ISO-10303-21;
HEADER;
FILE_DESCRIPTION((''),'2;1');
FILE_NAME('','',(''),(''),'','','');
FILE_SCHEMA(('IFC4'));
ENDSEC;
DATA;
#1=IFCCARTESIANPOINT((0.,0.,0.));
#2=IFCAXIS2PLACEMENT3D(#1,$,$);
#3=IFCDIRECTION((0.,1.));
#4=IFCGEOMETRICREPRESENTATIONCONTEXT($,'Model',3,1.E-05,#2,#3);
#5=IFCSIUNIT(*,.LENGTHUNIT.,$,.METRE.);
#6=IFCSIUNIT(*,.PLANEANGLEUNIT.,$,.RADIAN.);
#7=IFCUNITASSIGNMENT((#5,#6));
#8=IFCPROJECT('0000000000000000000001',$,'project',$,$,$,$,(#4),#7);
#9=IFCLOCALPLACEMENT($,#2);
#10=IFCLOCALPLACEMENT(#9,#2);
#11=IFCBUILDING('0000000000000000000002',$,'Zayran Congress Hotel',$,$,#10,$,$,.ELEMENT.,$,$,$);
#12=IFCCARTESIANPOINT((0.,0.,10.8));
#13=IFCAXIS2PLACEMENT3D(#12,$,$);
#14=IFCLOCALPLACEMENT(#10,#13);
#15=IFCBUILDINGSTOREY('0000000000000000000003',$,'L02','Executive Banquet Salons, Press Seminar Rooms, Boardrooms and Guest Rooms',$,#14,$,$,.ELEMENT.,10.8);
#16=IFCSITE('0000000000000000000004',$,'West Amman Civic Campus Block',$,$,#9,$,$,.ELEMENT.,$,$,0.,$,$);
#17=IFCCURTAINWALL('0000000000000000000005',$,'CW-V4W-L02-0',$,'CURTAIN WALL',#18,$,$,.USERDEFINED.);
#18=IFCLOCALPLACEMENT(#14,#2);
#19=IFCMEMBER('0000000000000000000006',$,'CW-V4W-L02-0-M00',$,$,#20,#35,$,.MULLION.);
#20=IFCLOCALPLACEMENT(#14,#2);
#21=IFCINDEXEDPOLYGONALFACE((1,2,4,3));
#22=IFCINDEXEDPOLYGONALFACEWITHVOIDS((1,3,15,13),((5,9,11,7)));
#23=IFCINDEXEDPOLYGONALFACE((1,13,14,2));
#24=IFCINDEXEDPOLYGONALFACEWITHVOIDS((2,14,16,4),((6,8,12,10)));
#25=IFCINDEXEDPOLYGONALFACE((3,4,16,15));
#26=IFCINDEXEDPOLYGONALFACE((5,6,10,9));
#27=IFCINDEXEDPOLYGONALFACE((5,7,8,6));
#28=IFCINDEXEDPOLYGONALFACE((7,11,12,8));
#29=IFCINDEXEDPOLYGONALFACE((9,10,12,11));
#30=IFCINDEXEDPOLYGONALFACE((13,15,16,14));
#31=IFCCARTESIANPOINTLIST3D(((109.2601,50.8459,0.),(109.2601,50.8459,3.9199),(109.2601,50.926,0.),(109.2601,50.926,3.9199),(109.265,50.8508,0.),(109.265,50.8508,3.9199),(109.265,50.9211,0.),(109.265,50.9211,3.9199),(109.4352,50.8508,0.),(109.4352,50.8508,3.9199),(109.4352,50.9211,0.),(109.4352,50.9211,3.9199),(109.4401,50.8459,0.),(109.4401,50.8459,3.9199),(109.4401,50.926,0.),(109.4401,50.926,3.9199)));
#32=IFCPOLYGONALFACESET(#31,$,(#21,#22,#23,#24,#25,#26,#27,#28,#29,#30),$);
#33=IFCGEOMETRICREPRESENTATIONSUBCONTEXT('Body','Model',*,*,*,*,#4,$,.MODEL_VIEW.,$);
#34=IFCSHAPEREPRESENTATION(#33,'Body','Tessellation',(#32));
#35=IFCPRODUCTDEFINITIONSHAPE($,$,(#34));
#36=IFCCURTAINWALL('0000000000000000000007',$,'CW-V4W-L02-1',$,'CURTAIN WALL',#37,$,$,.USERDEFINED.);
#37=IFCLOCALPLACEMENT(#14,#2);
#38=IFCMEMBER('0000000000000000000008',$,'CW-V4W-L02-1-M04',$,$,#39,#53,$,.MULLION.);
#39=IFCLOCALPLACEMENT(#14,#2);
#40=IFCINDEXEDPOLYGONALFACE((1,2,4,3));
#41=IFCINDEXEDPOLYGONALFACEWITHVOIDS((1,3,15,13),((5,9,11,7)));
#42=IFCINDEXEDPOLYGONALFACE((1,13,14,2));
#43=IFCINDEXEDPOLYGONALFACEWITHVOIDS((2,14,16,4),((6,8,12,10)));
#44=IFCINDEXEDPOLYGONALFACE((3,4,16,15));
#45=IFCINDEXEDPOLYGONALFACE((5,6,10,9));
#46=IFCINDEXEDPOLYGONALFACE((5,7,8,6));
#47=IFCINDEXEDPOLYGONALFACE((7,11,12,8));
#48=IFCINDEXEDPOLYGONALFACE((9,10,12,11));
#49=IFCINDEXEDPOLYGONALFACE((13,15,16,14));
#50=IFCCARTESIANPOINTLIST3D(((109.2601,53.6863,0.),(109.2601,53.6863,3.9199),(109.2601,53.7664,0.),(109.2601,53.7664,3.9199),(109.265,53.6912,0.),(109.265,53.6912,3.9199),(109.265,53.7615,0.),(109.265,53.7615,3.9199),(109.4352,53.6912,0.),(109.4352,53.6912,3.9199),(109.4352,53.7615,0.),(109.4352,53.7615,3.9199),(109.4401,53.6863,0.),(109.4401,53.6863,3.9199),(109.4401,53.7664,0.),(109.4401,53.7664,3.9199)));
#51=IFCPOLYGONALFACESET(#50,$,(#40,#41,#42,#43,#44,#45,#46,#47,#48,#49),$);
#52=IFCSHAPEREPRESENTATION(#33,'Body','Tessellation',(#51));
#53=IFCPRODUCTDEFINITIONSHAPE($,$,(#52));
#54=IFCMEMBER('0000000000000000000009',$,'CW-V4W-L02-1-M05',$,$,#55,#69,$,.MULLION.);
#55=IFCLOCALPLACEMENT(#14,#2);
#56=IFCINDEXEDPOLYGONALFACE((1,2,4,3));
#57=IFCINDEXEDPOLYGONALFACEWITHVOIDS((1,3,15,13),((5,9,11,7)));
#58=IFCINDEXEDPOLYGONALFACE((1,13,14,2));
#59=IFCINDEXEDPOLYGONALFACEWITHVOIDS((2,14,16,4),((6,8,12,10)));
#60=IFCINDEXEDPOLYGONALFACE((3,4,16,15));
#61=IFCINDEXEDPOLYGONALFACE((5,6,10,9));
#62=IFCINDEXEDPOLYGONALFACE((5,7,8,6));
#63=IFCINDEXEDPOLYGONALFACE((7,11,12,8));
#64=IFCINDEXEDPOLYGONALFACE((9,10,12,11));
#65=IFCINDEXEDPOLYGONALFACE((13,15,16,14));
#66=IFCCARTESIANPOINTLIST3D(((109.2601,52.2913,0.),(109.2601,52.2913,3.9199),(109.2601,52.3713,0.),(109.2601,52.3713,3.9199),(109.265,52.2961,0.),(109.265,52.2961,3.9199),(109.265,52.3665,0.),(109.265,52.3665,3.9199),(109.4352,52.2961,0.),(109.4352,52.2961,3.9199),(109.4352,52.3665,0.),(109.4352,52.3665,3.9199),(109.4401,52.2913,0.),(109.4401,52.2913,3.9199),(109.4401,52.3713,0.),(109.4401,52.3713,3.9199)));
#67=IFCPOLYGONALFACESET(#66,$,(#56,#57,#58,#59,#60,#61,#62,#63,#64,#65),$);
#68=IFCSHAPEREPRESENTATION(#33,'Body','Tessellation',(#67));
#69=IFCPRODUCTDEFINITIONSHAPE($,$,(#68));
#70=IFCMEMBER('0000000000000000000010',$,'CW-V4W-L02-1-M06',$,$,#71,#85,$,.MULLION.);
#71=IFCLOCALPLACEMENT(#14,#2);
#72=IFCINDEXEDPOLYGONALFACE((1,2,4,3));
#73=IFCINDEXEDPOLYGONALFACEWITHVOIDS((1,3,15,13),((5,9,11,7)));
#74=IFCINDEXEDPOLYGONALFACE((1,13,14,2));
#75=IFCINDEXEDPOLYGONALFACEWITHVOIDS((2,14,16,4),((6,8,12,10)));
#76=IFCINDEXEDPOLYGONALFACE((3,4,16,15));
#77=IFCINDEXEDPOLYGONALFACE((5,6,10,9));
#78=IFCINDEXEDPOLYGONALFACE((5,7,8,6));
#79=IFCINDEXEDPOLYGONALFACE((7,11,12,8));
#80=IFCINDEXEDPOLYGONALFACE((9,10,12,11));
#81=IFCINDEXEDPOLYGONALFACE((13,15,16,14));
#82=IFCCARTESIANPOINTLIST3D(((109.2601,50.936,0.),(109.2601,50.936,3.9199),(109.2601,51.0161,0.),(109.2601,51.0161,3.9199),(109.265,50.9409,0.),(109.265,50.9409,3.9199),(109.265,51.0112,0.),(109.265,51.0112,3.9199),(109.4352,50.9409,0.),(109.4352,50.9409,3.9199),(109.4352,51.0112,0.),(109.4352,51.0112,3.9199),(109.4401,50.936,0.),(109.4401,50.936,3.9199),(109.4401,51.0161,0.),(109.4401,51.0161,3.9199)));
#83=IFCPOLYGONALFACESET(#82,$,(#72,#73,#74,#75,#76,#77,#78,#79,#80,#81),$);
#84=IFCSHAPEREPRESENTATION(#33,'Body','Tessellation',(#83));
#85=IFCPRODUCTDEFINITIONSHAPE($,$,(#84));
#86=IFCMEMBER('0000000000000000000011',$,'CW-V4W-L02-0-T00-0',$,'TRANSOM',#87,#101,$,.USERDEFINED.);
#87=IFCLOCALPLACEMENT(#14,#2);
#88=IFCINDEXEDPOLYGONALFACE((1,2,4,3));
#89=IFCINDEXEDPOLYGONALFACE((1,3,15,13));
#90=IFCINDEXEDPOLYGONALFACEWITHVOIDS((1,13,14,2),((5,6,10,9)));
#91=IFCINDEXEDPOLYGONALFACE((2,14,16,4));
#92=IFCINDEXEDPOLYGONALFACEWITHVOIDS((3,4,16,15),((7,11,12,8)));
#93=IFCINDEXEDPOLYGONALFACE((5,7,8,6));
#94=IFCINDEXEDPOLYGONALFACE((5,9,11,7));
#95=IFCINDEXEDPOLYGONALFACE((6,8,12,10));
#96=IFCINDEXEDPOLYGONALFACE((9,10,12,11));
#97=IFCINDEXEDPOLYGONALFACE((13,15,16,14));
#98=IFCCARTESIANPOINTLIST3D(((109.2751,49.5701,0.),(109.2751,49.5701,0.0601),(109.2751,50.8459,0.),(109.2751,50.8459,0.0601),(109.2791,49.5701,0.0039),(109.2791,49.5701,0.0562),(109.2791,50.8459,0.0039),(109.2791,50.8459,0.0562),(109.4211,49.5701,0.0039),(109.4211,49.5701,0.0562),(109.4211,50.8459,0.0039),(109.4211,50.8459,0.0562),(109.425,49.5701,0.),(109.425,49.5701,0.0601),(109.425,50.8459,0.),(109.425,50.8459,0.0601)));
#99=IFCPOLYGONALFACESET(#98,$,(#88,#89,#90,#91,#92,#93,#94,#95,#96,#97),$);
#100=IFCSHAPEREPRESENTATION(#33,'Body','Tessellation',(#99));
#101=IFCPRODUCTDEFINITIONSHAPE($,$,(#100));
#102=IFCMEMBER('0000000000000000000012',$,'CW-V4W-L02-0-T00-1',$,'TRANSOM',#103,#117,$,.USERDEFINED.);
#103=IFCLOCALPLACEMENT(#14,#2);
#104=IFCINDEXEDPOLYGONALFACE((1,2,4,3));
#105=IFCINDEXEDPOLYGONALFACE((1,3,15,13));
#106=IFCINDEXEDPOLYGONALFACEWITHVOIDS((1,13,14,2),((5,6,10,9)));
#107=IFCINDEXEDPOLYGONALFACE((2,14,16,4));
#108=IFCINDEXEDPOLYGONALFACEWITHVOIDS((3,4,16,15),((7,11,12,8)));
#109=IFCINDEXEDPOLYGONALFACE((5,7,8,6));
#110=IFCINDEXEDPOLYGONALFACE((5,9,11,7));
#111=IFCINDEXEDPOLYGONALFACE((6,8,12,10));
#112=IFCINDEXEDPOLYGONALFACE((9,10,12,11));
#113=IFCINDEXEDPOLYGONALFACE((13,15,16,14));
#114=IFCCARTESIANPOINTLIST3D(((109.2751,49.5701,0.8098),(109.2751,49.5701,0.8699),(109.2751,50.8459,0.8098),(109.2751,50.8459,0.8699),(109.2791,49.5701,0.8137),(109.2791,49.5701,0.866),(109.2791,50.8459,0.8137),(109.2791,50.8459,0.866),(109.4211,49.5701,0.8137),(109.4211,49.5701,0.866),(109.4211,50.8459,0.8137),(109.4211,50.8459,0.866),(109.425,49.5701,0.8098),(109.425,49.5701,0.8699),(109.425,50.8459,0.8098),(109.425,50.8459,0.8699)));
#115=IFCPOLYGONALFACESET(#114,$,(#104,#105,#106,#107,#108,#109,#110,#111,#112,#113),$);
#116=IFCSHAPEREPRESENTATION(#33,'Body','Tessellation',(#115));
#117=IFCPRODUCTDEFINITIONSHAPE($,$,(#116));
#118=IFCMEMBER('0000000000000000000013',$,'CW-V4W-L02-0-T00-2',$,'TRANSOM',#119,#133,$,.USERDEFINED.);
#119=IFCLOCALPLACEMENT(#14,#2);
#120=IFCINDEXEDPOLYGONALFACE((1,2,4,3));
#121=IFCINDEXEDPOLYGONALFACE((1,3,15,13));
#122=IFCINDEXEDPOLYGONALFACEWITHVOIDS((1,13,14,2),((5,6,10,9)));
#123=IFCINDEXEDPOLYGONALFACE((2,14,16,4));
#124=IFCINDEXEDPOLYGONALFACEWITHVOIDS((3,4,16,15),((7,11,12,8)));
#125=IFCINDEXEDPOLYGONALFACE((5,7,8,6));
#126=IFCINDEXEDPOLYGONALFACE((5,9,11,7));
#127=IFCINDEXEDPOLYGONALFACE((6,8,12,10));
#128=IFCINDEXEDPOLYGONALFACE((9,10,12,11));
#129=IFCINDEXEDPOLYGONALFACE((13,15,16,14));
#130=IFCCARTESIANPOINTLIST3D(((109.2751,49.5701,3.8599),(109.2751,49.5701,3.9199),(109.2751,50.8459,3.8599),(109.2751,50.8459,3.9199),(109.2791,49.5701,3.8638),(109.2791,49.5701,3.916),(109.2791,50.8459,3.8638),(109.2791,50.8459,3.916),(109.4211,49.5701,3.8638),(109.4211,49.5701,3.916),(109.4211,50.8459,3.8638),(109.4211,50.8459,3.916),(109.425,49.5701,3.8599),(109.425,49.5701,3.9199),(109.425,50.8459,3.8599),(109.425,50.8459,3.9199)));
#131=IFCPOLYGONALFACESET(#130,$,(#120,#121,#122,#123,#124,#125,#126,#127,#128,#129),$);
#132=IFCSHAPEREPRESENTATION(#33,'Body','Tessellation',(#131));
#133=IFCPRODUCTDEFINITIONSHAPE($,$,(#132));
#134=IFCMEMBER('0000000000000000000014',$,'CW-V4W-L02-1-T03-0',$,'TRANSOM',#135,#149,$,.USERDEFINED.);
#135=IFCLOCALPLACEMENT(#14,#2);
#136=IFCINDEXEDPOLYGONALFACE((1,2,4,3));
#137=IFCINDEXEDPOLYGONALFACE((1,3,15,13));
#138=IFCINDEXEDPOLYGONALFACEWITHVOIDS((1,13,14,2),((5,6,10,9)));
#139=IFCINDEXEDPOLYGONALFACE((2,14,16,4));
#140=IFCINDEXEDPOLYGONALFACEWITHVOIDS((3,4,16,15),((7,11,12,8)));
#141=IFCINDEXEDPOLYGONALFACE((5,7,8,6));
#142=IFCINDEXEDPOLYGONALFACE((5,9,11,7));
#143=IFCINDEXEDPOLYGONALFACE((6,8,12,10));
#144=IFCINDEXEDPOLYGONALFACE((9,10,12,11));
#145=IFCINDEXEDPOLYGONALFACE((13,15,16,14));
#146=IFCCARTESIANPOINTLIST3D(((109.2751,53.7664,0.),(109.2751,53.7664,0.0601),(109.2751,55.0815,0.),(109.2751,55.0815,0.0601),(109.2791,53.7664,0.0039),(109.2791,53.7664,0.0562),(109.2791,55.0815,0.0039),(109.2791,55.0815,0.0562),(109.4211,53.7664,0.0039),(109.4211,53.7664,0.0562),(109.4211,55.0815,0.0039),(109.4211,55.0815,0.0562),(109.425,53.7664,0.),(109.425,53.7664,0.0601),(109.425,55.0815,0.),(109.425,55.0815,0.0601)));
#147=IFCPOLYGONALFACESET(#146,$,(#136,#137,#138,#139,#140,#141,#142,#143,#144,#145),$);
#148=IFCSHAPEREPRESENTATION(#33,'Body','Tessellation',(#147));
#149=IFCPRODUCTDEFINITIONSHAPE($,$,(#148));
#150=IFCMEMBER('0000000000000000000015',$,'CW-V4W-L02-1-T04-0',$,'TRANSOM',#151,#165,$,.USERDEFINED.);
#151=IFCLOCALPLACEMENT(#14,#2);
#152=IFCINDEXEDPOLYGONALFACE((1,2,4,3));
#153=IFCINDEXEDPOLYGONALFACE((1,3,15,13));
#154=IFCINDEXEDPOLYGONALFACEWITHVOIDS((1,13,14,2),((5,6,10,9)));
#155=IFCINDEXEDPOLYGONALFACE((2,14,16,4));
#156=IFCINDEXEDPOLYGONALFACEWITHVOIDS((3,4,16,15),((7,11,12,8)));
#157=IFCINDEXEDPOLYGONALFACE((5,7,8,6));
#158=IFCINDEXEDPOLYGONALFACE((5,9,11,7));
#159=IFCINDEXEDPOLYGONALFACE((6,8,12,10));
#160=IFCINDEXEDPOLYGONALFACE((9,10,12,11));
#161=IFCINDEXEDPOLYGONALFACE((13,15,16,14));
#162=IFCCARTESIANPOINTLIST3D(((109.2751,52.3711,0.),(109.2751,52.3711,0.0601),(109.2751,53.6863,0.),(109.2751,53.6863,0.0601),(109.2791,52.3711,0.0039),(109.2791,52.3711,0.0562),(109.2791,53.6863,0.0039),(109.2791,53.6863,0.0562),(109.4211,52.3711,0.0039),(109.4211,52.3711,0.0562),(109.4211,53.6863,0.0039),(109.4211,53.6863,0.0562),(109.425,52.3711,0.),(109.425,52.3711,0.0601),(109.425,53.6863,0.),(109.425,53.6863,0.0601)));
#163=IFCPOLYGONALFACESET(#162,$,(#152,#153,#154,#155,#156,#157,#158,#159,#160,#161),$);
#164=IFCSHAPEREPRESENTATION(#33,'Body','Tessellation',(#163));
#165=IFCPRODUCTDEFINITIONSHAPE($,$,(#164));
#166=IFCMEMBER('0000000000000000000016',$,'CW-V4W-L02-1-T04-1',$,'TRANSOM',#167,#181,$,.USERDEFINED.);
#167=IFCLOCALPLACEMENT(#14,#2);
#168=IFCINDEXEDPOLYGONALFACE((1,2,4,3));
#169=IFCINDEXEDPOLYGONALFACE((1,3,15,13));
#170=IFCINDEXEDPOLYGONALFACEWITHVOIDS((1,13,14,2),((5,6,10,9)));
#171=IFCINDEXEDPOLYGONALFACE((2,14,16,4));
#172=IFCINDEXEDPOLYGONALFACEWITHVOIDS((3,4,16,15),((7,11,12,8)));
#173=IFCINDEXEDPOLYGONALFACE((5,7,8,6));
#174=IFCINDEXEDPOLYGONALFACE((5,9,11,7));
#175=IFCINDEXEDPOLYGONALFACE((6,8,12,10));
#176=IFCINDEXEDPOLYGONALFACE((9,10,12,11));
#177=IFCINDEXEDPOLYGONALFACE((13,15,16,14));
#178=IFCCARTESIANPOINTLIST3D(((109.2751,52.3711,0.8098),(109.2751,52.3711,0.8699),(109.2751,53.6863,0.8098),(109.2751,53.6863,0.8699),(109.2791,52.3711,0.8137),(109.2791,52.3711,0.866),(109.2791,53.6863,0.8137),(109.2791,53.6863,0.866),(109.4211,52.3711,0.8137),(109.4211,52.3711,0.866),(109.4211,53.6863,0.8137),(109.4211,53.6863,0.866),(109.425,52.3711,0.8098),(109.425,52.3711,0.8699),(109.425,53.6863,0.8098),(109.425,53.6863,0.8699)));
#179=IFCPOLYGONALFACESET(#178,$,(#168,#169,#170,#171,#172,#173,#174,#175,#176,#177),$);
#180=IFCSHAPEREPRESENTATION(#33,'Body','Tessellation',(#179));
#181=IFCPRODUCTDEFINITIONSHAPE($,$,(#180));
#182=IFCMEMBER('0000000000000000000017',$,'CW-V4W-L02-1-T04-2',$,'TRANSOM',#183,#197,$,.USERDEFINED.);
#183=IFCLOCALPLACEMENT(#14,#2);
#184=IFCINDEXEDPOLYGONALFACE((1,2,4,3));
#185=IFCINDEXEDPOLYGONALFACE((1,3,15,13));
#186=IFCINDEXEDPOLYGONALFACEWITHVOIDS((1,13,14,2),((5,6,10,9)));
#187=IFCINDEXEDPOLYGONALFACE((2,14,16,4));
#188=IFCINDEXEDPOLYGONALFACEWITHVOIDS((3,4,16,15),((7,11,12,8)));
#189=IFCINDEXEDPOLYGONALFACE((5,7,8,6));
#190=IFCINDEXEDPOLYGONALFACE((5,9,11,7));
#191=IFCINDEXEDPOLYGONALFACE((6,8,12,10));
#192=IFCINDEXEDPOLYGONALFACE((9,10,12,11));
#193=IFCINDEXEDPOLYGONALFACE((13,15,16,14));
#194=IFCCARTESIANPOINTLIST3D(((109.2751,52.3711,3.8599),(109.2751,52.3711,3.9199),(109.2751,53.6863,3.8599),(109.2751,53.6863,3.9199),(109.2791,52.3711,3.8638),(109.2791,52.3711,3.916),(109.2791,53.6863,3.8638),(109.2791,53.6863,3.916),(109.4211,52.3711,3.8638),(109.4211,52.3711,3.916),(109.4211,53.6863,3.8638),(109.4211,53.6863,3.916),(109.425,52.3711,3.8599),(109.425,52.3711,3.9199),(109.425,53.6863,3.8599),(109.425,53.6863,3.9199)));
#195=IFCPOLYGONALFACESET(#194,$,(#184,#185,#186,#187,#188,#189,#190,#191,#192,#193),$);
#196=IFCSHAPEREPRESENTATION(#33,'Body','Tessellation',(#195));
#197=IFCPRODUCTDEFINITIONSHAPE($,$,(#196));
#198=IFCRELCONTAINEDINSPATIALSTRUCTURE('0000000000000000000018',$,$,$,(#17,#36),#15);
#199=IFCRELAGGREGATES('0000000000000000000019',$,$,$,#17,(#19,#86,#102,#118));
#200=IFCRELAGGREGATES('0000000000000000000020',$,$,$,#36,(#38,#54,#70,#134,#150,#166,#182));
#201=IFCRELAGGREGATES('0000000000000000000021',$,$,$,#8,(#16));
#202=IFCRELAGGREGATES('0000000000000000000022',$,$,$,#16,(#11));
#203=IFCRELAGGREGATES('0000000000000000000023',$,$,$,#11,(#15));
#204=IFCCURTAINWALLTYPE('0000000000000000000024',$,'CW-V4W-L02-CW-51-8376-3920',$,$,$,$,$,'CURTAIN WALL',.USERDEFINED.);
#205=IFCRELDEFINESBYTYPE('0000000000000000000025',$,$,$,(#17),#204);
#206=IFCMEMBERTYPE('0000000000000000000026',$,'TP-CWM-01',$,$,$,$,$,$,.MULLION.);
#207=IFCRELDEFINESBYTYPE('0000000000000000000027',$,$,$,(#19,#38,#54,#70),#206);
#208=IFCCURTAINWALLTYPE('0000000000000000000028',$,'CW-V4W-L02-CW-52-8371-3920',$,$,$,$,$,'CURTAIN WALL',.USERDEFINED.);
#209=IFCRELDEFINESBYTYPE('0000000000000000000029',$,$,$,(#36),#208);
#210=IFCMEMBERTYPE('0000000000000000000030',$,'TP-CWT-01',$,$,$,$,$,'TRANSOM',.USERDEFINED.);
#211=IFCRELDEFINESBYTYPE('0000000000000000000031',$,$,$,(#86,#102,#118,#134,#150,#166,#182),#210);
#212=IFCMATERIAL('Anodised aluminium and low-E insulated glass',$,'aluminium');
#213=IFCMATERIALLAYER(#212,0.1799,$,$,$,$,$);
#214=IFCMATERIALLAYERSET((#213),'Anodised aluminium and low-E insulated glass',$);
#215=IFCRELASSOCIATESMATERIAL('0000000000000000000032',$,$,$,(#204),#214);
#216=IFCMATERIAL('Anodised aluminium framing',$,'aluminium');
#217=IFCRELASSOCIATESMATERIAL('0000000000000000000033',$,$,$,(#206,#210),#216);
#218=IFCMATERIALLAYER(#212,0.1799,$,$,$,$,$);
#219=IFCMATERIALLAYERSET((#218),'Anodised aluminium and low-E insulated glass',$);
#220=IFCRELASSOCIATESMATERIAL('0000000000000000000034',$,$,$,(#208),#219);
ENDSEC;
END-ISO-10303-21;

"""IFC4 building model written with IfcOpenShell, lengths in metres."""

from ifc_helpers import new_model, si_unit, direction, frame, origin, origin_2d, place, context, subcontext, project, spatial, hollow_rectangle, extrude, material, layer, layer_set, material_profile, profile_set, type_object, element, aggregate, save


model = new_model("IFC4")

# Units and contexts
model_context = context("Model", 3, precision=1e-05, world=origin(), true_north=direction((0.0, 1.0)))
body_context = subcontext(model_context, "Body", "Model", "MODEL_VIEW")
ifc_project = project(units=[si_unit("LENGTHUNIT", "METRE"), si_unit("PLANEANGLEUNIT", "RADIAN")], contexts=[model_context])

# Site, building, storey
site_placement = place(None, origin())
site = spatial("IfcSite", under=ifc_project, at=site_placement, Name="West Amman Civic Campus Block", CompositionType="ELEMENT", RefElevation=0.0)
building_placement = place(site_placement, origin())
building = spatial("IfcBuilding", under=site, at=building_placement, Name="Zayran Congress Hotel", CompositionType="ELEMENT")
storey_placement = place(building_placement, frame((0.0, 0.0, 10.8)))
storey = spatial("IfcBuildingStorey", under=building, at=storey_placement, Name="L02", Description="Executive Banquet Salons, Press Seminar Rooms, Boardrooms and Guest Rooms", CompositionType="ELEMENT", Elevation=10.8)

# Curtain wall, member
ifc_material_1 = material(Name="Anodised aluminium and low-E insulated glass", Category="aluminium")
ifc_layer_1 = layer(ifc_material_1, 0.1799)
ifc_layer_set_1 = layer_set([ifc_layer_1], Name="Anodised aluminium and low-E insulated glass")
curtain_wall_type_1 = type_object("IfcCurtainWallType", Name="CW-V4W-L02-CW-51-8376-3920", ElementType="CURTAIN WALL", PredefinedType="USERDEFINED", material=ifc_layer_set_1)
curtain_wall_1_placement = place(storey_placement, origin())
curtain_wall_1 = element("IfcCurtainWall", 1, at=curtain_wall_1_placement, inside=storey, type_object=curtain_wall_type_1, Name="CW-V4W-L02-0", ObjectType="CURTAIN WALL", PredefinedType="USERDEFINED")
ifc_material_2 = material(Name="Anodised aluminium framing", Category="aluminium")
ifc_material_profile_1 = material_profile(ifc_material_2, hollow_rectangle(XDim=0.0801, YDim=0.1799, WallThickness=0.0049, at=origin_2d()), Name="RHS 180x80x5")
ifc_profile_set_1 = profile_set([ifc_material_profile_1], Name="Anodised aluminium framing")
member_type_1 = type_object("IfcMemberType", Name="TP-CWM-01", PredefinedType="MULLION", material=ifc_profile_set_1)
member_1_placement = place(storey_placement, frame((109.3501, 50.886, 0.0), z_axis=(0.0, 0.0, 1.0), x_axis=(0.0, 1.0, 0.0)))
member_1 = element("IfcMember", 2, at=member_1_placement, type_object=member_type_1, Name="CW-V4W-L02-0-M00", PredefinedType="MULLION", context=body_context, shape_type="SweptSolid", body=[
    extrude(hollow_rectangle(XDim=0.0801, YDim=0.1799, WallThickness=0.0049, at=origin_2d()), origin(), (0.0, 0.0, 1.0), 3.9199),
])

# Curtain wall, members
ifc_layer_2 = layer(ifc_material_1, 0.1799)
ifc_layer_set_2 = layer_set([ifc_layer_2], Name="Anodised aluminium and low-E insulated glass")
curtain_wall_type_2 = type_object("IfcCurtainWallType", Name="CW-V4W-L02-CW-52-8371-3920", ElementType="CURTAIN WALL", PredefinedType="USERDEFINED", material=ifc_layer_set_2)
curtain_wall_2_placement = place(storey_placement, origin())
curtain_wall_2 = element("IfcCurtainWall", 3, at=curtain_wall_2_placement, inside=storey, type_object=curtain_wall_type_2, Name="CW-V4W-L02-1", ObjectType="CURTAIN WALL", PredefinedType="USERDEFINED")
member_2_placement = place(storey_placement, frame((109.3501, 53.7263, 0.0), z_axis=(0.0, 0.0, 1.0), x_axis=(0.0, 1.0, 0.0)))
member_2 = element("IfcMember", 4, at=member_2_placement, type_object=member_type_1, Name="CW-V4W-L02-1-M04", PredefinedType="MULLION", context=body_context, shape_type="SweptSolid", body=[
    extrude(hollow_rectangle(XDim=0.0801, YDim=0.1799, WallThickness=0.0049, at=origin_2d()), origin(), (0.0, 0.0, 1.0), 3.9199),
])
member_3_placement = place(storey_placement, frame((109.3501, 52.3313, 0.0), z_axis=(0.0, 0.0, 1.0), x_axis=(0.0, 1.0, 0.0)))
member_3 = element("IfcMember", 5, at=member_3_placement, type_object=member_type_1, Name="CW-V4W-L02-1-M05", PredefinedType="MULLION", context=body_context, shape_type="SweptSolid", body=[
    extrude(hollow_rectangle(XDim=0.0801, YDim=0.1799, WallThickness=0.0049, at=origin_2d()), origin(), (0.0, 0.0, 1.0), 3.9199),
])
member_4_placement = place(storey_placement, frame((109.3501, 50.9761, 0.0), z_axis=(0.0, 0.0, 1.0), x_axis=(0.0, 1.0, 0.0)))
member_4 = element("IfcMember", 6, at=member_4_placement, type_object=member_type_1, Name="CW-V4W-L02-1-M06", PredefinedType="MULLION", context=body_context, shape_type="SweptSolid", body=[
    extrude(hollow_rectangle(XDim=0.0801, YDim=0.1799, WallThickness=0.0049, at=origin_2d()), origin(), (0.0, 0.0, 1.0), 3.9199),
])

# Members
ifc_material_profile_2 = material_profile(ifc_material_2, hollow_rectangle(XDim=0.0601, YDim=0.1499, WallThickness=0.0039, at=origin_2d()), Name="RHS 150x60x4")
ifc_profile_set_2 = profile_set([ifc_material_profile_2], Name="Anodised aluminium framing")
member_type_2 = type_object("IfcMemberType", Name="TP-CWT-01", ElementType="TRANSOM", PredefinedType="USERDEFINED", material=ifc_profile_set_2)
member_5_placement = place(storey_placement, frame((109.3501, 50.8459, 0.03), z_axis=(0.0, -1.0, 0.0), x_axis=(0.0, 0.0, 1.0)))
member_5 = element("IfcMember", 7, at=member_5_placement, type_object=member_type_2, Name="CW-V4W-L02-0-T00-0", ObjectType="TRANSOM", PredefinedType="USERDEFINED", context=body_context, shape_type="SweptSolid", body=[
    extrude(hollow_rectangle(XDim=0.0601, YDim=0.1499, WallThickness=0.0039, at=origin_2d()), origin(), (0.0, 0.0, 1.0), 1.2759),
])
member_6_placement = place(storey_placement, frame((109.3501, 50.8459, 0.8398), z_axis=(0.0, -1.0, 0.0), x_axis=(0.0, 0.0, 1.0)))
member_6 = element("IfcMember", 8, at=member_6_placement, type_object=member_type_2, Name="CW-V4W-L02-0-T00-1", ObjectType="TRANSOM", PredefinedType="USERDEFINED", context=body_context, shape_type="SweptSolid", body=[
    extrude(hollow_rectangle(XDim=0.0601, YDim=0.1499, WallThickness=0.0039, at=origin_2d()), origin(), (0.0, 0.0, 1.0), 1.2759),
])
member_7_placement = place(storey_placement, frame((109.3501, 50.8459, 3.8899), z_axis=(0.0, -1.0, 0.0), x_axis=(0.0, 0.0, 1.0)))
member_7 = element("IfcMember", 9, at=member_7_placement, type_object=member_type_2, Name="CW-V4W-L02-0-T00-2", ObjectType="TRANSOM", PredefinedType="USERDEFINED", context=body_context, shape_type="SweptSolid", body=[
    extrude(hollow_rectangle(XDim=0.0601, YDim=0.1499, WallThickness=0.0039, at=origin_2d()), origin(), (0.0, 0.0, 1.0), 1.2759),
])
aggregate(curtain_wall_1, [member_1, member_5, member_6, member_7])
member_8_placement = place(storey_placement, frame((109.3501, 55.0815, 0.03), z_axis=(0.0, -1.0, 0.0), x_axis=(0.0, 0.0, 1.0)))
member_8 = element("IfcMember", 10, at=member_8_placement, type_object=member_type_2, Name="CW-V4W-L02-1-T03-0", ObjectType="TRANSOM", PredefinedType="USERDEFINED", context=body_context, shape_type="SweptSolid", body=[
    extrude(hollow_rectangle(XDim=0.0601, YDim=0.1499, WallThickness=0.0039, at=origin_2d()), origin(), (0.0, 0.0, 1.0), 1.3152),
])
member_9_placement = place(storey_placement, frame((109.3501, 53.6863, 0.03), z_axis=(0.0, -1.0, 0.0), x_axis=(0.0, 0.0, 1.0)))
member_9 = element("IfcMember", 11, at=member_9_placement, type_object=member_type_2, Name="CW-V4W-L02-1-T04-0", ObjectType="TRANSOM", PredefinedType="USERDEFINED", context=body_context, shape_type="SweptSolid", body=[
    extrude(hollow_rectangle(XDim=0.0601, YDim=0.1499, WallThickness=0.0039, at=origin_2d()), origin(), (0.0, 0.0, 1.0), 1.3152),
])
member_10_placement = place(storey_placement, frame((109.3501, 53.6863, 0.8398), z_axis=(0.0, -1.0, 0.0), x_axis=(0.0, 0.0, 1.0)))
member_10 = element("IfcMember", 12, at=member_10_placement, type_object=member_type_2, Name="CW-V4W-L02-1-T04-1", ObjectType="TRANSOM", PredefinedType="USERDEFINED", context=body_context, shape_type="SweptSolid", body=[
    extrude(hollow_rectangle(XDim=0.0601, YDim=0.1499, WallThickness=0.0039, at=origin_2d()), origin(), (0.0, 0.0, 1.0), 1.3152),
])
member_11_placement = place(storey_placement, frame((109.3501, 53.6863, 3.8899), z_axis=(0.0, -1.0, 0.0), x_axis=(0.0, 0.0, 1.0)))
member_11 = element("IfcMember", 13, at=member_11_placement, type_object=member_type_2, Name="CW-V4W-L02-1-T04-2", ObjectType="TRANSOM", PredefinedType="USERDEFINED", context=body_context, shape_type="SweptSolid", body=[
    extrude(hollow_rectangle(XDim=0.0601, YDim=0.1499, WallThickness=0.0039, at=origin_2d()), origin(), (0.0, 0.0, 1.0), 1.3152),
])

aggregate(curtain_wall_2, [member_2, member_3, member_4, member_8, member_9, member_10, member_11])

save(model, "model.ifc")
